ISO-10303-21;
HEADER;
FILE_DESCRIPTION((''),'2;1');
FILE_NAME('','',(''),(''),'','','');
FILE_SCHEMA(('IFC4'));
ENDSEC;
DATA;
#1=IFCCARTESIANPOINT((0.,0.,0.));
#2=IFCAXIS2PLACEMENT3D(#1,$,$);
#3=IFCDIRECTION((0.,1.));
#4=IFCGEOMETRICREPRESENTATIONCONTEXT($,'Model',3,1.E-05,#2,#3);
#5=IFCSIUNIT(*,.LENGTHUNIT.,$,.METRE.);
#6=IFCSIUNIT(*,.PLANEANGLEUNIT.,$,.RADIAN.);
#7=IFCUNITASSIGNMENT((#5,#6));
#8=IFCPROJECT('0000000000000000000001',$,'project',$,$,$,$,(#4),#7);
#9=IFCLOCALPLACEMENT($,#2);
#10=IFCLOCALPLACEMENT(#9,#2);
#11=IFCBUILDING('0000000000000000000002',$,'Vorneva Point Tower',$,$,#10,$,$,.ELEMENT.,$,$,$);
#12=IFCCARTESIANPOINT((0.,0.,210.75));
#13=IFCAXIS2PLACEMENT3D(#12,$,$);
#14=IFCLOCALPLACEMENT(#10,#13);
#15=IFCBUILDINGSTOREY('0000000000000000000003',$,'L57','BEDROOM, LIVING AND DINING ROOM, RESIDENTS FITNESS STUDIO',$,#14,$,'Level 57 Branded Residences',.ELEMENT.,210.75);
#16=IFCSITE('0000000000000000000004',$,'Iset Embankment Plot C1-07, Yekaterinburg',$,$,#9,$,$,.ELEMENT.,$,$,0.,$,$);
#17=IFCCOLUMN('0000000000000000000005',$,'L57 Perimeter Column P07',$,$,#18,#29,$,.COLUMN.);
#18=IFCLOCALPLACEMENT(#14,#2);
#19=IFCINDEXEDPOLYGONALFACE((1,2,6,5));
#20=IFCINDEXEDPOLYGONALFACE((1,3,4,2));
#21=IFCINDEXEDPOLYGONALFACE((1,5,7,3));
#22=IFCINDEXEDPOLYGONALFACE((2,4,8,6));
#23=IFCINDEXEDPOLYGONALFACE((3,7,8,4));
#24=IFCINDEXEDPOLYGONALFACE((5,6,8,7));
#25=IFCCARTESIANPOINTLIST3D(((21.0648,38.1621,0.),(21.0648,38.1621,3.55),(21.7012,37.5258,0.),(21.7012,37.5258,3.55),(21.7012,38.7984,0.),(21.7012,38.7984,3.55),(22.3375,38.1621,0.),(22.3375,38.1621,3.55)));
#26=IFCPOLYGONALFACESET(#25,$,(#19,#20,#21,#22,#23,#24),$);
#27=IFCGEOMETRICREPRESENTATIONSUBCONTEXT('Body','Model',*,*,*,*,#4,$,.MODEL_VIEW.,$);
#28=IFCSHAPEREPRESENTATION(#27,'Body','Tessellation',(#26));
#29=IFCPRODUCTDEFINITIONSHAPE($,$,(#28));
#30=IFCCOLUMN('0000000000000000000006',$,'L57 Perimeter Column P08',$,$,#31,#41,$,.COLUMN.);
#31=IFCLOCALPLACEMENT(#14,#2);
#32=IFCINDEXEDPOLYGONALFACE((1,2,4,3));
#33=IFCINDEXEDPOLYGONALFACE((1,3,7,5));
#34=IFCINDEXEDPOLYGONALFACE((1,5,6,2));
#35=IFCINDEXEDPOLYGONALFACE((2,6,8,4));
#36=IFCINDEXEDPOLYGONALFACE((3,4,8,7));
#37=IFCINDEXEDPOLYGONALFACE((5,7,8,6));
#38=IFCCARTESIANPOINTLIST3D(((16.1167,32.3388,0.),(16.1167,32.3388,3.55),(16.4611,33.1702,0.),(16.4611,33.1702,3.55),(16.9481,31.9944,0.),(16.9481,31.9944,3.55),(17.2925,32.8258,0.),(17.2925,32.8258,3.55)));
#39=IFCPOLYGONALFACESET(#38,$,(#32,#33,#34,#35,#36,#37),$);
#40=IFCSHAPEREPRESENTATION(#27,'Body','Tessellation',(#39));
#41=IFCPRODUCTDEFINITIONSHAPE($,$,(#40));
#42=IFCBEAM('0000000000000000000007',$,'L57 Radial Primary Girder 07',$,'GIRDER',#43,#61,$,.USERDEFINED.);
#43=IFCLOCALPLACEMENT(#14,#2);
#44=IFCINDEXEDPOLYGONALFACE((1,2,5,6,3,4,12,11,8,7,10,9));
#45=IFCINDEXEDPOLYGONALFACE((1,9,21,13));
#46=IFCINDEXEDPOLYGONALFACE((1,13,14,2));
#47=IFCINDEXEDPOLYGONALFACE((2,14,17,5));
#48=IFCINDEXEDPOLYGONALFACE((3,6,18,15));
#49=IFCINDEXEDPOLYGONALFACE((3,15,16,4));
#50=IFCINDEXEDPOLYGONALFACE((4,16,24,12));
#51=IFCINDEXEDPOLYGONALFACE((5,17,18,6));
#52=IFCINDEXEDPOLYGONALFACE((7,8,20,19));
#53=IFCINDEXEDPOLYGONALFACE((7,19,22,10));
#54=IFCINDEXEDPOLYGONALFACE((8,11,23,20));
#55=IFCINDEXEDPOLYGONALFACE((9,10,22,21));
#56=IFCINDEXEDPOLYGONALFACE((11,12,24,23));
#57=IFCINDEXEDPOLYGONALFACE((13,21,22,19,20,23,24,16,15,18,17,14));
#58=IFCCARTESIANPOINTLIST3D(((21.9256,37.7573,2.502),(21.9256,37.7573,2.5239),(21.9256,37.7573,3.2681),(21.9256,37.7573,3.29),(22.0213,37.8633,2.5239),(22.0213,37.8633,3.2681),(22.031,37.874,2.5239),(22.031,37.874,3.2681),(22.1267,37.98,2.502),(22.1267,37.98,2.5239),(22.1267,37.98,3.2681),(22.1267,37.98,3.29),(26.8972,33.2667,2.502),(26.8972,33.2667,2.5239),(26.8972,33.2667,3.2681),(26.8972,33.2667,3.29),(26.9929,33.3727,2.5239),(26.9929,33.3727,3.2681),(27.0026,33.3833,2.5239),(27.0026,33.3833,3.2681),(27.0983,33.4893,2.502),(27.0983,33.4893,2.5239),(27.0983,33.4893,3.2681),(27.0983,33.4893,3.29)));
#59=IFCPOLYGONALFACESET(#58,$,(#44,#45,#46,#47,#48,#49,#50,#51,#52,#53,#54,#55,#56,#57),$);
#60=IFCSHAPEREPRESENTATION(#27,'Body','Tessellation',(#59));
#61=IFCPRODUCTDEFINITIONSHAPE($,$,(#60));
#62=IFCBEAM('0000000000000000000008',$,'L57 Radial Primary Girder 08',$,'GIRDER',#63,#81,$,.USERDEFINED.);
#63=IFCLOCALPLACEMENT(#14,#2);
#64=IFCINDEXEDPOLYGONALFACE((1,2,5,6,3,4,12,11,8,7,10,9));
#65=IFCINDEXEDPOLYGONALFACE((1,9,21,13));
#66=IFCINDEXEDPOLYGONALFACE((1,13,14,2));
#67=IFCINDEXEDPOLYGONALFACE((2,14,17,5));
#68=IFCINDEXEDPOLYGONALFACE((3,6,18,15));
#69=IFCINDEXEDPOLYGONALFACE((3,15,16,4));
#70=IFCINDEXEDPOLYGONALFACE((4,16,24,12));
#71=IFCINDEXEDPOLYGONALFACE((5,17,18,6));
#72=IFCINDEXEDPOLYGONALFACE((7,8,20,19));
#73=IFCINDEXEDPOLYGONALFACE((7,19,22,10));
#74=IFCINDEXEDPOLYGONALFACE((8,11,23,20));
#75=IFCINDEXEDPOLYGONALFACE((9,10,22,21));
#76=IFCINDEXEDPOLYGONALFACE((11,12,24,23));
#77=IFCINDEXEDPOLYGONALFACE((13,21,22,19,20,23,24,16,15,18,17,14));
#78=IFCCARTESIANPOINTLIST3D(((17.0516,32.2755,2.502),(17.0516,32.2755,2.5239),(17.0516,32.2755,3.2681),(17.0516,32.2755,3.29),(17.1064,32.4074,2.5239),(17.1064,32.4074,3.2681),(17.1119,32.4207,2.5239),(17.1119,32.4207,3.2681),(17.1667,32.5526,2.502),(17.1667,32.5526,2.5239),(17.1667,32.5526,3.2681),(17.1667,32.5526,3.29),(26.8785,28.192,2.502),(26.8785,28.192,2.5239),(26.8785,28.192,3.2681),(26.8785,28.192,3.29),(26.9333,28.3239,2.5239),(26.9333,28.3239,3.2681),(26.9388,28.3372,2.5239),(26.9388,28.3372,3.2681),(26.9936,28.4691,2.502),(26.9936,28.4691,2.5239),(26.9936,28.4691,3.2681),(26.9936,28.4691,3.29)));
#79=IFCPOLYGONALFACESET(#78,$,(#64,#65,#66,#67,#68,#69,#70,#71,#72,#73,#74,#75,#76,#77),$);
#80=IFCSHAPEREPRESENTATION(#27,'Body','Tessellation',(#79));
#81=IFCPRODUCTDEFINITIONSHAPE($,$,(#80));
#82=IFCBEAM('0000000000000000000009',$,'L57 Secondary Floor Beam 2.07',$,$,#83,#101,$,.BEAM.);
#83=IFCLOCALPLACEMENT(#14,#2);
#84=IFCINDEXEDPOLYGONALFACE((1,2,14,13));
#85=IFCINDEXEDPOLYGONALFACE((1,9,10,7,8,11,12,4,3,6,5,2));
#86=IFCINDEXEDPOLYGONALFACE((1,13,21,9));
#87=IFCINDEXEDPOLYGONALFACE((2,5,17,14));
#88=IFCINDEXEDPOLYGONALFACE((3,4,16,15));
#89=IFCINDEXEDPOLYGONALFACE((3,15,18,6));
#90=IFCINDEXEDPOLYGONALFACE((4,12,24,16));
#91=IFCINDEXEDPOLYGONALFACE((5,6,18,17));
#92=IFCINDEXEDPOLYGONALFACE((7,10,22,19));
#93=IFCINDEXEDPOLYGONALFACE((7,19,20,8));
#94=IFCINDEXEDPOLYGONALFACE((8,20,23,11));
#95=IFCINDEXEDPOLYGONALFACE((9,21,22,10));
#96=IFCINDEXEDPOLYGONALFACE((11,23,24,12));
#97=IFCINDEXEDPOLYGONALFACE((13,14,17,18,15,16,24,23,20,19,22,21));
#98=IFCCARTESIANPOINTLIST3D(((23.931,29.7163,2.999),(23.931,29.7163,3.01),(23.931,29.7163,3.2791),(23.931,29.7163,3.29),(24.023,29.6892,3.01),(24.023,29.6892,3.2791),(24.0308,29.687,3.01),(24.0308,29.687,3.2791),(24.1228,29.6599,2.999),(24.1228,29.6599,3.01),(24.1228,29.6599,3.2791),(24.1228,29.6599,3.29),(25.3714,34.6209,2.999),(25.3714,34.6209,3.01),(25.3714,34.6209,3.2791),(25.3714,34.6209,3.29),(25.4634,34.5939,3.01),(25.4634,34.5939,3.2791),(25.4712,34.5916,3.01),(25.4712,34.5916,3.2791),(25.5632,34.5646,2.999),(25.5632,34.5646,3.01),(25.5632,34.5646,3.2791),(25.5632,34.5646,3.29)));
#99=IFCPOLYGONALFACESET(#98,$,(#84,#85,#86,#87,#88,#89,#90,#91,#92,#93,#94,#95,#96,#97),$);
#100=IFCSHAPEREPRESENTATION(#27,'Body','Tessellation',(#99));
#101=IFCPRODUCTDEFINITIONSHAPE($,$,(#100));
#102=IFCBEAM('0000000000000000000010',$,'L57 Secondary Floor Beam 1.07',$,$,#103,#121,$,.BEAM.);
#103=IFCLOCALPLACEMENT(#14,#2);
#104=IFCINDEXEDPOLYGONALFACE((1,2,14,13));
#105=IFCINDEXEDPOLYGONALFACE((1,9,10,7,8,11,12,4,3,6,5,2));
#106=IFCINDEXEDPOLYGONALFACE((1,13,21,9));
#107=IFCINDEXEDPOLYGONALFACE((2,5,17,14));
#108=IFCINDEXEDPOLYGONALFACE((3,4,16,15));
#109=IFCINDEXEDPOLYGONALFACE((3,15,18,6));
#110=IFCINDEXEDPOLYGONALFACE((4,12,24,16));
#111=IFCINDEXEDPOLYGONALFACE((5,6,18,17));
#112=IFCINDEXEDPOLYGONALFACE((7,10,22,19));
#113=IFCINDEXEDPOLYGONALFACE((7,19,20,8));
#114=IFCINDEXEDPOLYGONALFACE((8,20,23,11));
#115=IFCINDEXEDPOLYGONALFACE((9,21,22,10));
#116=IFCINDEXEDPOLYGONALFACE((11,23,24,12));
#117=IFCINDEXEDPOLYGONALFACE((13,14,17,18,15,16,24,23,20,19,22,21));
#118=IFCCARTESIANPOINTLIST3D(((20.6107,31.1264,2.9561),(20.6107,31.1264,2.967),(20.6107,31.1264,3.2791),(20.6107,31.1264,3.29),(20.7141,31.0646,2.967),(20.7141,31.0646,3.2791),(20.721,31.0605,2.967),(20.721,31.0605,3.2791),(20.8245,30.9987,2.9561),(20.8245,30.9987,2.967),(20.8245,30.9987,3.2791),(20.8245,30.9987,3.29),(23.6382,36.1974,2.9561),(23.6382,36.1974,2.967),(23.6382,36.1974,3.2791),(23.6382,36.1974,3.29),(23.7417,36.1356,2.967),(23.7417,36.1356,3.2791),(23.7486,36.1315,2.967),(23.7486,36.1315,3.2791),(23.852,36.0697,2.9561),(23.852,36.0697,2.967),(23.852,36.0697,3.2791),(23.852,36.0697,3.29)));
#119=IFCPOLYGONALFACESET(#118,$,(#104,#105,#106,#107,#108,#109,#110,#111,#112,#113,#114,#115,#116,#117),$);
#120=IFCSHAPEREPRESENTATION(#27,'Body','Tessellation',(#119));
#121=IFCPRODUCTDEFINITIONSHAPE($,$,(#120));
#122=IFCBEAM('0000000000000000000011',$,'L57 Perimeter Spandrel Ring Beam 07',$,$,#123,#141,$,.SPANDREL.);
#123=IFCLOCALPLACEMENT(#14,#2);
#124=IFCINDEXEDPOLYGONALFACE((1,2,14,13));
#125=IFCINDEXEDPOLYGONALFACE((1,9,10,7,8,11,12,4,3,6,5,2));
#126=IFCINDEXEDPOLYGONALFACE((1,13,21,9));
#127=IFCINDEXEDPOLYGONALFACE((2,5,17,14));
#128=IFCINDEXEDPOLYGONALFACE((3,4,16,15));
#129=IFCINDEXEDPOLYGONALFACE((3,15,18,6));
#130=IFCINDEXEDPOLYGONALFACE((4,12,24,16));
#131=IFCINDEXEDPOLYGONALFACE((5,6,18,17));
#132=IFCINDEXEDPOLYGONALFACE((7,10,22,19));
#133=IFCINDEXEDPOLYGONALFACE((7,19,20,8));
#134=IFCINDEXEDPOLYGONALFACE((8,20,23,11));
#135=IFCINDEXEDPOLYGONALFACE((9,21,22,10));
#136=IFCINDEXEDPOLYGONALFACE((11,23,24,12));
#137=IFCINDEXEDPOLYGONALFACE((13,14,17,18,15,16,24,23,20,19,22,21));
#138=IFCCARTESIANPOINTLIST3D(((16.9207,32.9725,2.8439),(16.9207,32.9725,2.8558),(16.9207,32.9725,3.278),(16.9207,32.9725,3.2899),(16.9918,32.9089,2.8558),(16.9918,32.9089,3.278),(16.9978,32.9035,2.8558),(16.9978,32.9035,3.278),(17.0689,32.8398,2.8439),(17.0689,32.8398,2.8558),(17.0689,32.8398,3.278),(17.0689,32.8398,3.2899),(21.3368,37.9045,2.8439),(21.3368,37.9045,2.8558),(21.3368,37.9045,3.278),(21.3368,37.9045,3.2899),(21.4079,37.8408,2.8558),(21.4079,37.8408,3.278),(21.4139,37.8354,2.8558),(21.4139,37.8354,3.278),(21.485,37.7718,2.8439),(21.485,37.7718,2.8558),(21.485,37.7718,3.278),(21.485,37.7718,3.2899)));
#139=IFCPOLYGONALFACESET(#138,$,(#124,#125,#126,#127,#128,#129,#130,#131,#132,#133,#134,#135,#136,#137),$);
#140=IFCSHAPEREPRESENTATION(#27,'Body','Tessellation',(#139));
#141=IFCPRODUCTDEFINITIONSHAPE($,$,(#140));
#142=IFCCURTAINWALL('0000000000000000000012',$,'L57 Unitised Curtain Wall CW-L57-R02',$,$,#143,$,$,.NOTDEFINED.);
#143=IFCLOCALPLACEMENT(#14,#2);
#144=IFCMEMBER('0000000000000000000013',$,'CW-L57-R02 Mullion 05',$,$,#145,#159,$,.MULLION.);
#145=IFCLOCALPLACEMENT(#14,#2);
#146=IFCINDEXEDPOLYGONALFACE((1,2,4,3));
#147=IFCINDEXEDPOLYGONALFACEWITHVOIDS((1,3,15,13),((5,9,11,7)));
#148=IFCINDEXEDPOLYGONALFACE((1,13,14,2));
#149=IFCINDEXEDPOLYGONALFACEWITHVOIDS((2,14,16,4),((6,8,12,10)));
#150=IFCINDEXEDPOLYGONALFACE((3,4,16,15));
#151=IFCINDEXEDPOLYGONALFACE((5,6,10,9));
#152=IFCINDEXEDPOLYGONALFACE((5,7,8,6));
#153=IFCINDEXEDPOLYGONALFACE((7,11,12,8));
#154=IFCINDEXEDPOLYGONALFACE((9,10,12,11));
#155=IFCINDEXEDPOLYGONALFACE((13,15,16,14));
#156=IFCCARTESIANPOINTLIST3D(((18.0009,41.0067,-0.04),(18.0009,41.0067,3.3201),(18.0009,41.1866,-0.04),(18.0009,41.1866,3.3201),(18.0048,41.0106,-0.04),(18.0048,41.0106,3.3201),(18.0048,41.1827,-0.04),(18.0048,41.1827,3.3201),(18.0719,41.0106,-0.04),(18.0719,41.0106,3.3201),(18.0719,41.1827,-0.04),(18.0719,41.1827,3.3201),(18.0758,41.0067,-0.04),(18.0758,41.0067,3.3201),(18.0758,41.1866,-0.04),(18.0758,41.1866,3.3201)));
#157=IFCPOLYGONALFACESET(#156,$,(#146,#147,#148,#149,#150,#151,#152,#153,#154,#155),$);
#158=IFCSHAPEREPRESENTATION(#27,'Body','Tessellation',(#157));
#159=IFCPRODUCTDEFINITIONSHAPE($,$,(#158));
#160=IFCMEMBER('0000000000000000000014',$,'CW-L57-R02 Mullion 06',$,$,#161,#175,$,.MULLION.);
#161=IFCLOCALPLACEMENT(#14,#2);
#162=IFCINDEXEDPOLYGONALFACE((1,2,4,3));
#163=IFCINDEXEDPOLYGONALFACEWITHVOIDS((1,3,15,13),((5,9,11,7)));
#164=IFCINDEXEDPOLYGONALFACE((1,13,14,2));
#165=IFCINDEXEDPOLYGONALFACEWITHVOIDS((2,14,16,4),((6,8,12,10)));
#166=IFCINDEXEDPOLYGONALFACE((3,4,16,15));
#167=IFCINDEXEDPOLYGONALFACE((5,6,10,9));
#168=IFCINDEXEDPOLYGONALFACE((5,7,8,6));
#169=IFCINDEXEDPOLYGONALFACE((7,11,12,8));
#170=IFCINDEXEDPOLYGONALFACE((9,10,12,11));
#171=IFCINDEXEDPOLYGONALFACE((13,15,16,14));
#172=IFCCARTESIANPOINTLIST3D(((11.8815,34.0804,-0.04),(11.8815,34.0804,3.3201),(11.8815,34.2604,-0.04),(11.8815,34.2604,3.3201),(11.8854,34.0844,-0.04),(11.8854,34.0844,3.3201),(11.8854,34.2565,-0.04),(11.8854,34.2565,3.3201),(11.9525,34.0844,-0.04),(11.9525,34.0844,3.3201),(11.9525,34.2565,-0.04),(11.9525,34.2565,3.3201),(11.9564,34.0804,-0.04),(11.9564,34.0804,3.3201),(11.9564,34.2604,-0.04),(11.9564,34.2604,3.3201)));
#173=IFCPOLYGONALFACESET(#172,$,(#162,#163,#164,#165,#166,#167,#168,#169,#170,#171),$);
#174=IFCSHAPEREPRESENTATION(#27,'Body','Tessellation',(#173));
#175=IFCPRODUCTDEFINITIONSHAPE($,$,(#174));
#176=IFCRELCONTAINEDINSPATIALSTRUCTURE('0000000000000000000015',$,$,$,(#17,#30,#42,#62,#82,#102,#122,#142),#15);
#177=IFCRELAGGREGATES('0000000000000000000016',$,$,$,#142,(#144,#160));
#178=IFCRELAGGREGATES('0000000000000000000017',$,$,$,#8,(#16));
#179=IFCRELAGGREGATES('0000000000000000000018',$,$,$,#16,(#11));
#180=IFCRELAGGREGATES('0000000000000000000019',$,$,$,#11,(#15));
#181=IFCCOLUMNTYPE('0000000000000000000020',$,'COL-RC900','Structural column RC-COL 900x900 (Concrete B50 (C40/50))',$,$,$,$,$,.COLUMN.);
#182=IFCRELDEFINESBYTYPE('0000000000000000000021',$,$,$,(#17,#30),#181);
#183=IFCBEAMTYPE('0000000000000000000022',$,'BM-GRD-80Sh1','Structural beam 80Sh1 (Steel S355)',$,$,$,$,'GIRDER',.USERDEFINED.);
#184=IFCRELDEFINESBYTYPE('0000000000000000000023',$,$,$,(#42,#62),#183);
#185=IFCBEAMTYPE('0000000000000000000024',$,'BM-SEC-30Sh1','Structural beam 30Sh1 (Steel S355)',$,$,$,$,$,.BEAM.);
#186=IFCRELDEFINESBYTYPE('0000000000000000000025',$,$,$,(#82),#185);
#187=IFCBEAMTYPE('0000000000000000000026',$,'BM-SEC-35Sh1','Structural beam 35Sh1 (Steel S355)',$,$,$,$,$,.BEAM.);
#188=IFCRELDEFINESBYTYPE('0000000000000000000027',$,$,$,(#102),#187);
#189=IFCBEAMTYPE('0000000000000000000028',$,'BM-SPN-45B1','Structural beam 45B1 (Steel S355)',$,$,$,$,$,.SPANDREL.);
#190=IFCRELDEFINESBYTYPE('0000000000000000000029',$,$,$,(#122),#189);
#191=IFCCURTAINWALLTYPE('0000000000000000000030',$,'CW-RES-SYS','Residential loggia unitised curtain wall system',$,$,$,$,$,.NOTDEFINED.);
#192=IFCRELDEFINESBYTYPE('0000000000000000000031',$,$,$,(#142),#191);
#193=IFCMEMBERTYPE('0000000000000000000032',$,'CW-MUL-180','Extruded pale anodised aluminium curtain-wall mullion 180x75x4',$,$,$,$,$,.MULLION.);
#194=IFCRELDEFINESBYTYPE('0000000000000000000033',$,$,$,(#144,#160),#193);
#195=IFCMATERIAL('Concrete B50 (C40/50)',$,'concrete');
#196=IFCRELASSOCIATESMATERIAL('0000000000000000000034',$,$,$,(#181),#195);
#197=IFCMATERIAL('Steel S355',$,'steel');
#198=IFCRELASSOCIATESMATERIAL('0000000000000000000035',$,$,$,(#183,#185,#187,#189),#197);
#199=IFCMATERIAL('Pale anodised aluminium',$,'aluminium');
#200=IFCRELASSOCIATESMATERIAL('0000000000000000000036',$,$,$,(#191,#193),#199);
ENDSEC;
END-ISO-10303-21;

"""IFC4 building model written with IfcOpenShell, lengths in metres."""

from ifc_helpers import new_model, si_unit, direction, frame, origin, origin_2d, place, context, subcontext, project, spatial, rectangle, hollow_rectangle, i_section, extrude, material, material_profile, profile_set, type_object, element, aggregate, save


model = new_model("IFC4")

# Units and contexts
model_context = context("Model", 3, precision=1e-05, world=origin(), true_north=direction((0.0, 1.0)))
body_context = subcontext(model_context, "Body", "Model", "MODEL_VIEW")
ifc_project = project(units=[si_unit("LENGTHUNIT", "METRE"), si_unit("PLANEANGLEUNIT", "RADIAN")], contexts=[model_context])

# Site, building, storey
site_placement = place(None, origin())
site = spatial("IfcSite", under=ifc_project, at=site_placement, Name="Iset Embankment Plot C1-07, Yekaterinburg", CompositionType="ELEMENT", RefElevation=0.0)
building_placement = place(site_placement, origin())
building = spatial("IfcBuilding", under=site, at=building_placement, Name="Vorneva Point Tower", CompositionType="ELEMENT")
storey_placement = place(building_placement, frame((0.0, 0.0, 210.75)))
storey = spatial("IfcBuildingStorey", under=building, at=storey_placement, Name="L57", Description="BEDROOM, LIVING AND DINING ROOM, RESIDENTS FITNESS STUDIO", LongName="Level 57 Branded Residences", CompositionType="ELEMENT", Elevation=210.75)

# Columns
ifc_material_1 = material(Name="Concrete B50 (C40/50)", Category="concrete")
ifc_material_profile_1 = material_profile(ifc_material_1, rectangle(XDim=0.8999, YDim=0.8999, at=origin_2d()), Name="RC-COL 900x900")
ifc_profile_set_1 = profile_set([ifc_material_profile_1], Name="Concrete B50 (C40/50)")
column_type = type_object("IfcColumnType", Name="COL-RC900", Description="Structural column RC-COL 900x900 (Concrete B50 (C40/50))", PredefinedType="COLUMN", material=ifc_profile_set_1)
for number, where, z_axis, x_axis, name in (
    (1, (21.7012, 38.1621, 0.0), (0.0, 0.0, 1.0), (-0.707107, 0.707107, 0.0), "L57 Perimeter Column P07"),
    (2, (16.7046, 32.5823, 0.0), (0.0, 0.0, 1.0), (-0.92388, 0.382683, 0.0), "L57 Perimeter Column P08"),
):
    element("IfcColumn", number, at=place(storey_placement, frame(where, z_axis=z_axis, x_axis=x_axis)), inside=storey, type_object=column_type, Name=name, PredefinedType="COLUMN", context=body_context, shape_type="SweptSolid", body=[
        extrude(rectangle(XDim=0.8999, YDim=0.8999, at=origin_2d()), origin(), (0.0, 0.0, 1.0), 3.55),
    ])

# Beams
ifc_material_2 = material(Name="Steel S355", Category="steel")
ifc_material_profile_2 = material_profile(ifc_material_2, i_section(OverallWidth=0.3, OverallDepth=0.7881, WebThickness=0.0144, FlangeThickness=0.022, at=origin_2d()), Name="80Sh1")
ifc_profile_set_2 = profile_set([ifc_material_profile_2], Name="Steel S355")
beam_type_1 = type_object("IfcBeamType", Name="BM-GRD-80Sh1", Description="Structural beam 80Sh1 (Steel S355)", ElementType="GIRDER", PredefinedType="USERDEFINED", material=ifc_profile_set_2)
beam_1_placement = place(storey_placement, frame((22.0261, 37.8687, 2.896), z_axis=(0.74209, -0.670301, 0.0), x_axis=(0.670301, 0.74209, 0.0)))
element("IfcBeam", 3, at=beam_1_placement, inside=storey, type_object=beam_type_1, Name="L57 Radial Primary Girder 07", ObjectType="GIRDER", PredefinedType="USERDEFINED", context=body_context, shape_type="SweptSolid", body=[
    extrude(i_section(OverallWidth=0.3, OverallDepth=0.7881, WebThickness=0.0144, FlangeThickness=0.022, at=origin_2d()), origin(), (0.0, 0.0, 1.0), 6.6995),
])
beam_2_placement = place(storey_placement, frame((17.1091, 32.4141, 2.896), z_axis=(0.923445, -0.383731, 0.0), x_axis=(0.383731, 0.923445, 0.0)))
element("IfcBeam", 4, at=beam_2_placement, inside=storey, type_object=beam_type_1, Name="L57 Radial Primary Girder 08", ObjectType="GIRDER", PredefinedType="USERDEFINED", context=body_context, shape_type="SweptSolid", body=[
    extrude(i_section(OverallWidth=0.3, OverallDepth=0.7881, WebThickness=0.0144, FlangeThickness=0.022, at=origin_2d()), origin(), (0.0, 0.0, 1.0), 10.6416),
])
ifc_material_profile_3 = material_profile(ifc_material_2, i_section(OverallWidth=0.2, OverallDepth=0.291, WebThickness=0.0081, FlangeThickness=0.011, at=origin_2d()), Name="30Sh1")
ifc_profile_set_3 = profile_set([ifc_material_profile_3], Name="Steel S355")
beam_type_2 = type_object("IfcBeamType", Name="BM-SEC-30Sh1", Description="Structural beam 30Sh1 (Steel S355)", PredefinedType="BEAM", material=ifc_profile_set_3)
beam_3_placement = place(storey_placement, frame((25.4673, 34.5928, 3.1445), z_axis=(-0.281778, -0.959479, 0.0), x_axis=(0.959479, -0.281778, 0.0)))
element("IfcBeam", 5, at=beam_3_placement, inside=storey, type_object=beam_type_2, Name="L57 Secondary Floor Beam 2.07", PredefinedType="BEAM", context=body_context, shape_type="SweptSolid", body=[
    extrude(i_section(OverallWidth=0.2, OverallDepth=0.291, WebThickness=0.0081, FlangeThickness=0.011, at=origin_2d()), origin(), (0.0, 0.0, 1.0), 5.1118),
])
ifc_material_profile_4 = material_profile(ifc_material_2, i_section(OverallWidth=0.249, OverallDepth=0.334, WebThickness=0.0081, FlangeThickness=0.011, at=origin_2d()), Name="35Sh1")
ifc_profile_set_4 = profile_set([ifc_material_profile_4], Name="Steel S355")
beam_type_3 = type_object("IfcBeamType", Name="BM-SEC-35Sh1", Description="Structural beam 35Sh1 (Steel S355)", PredefinedType="BEAM", material=ifc_profile_set_4)
beam_4_placement = place(storey_placement, frame((23.7451, 36.1335, 3.123), z_axis=(-0.512622, -0.858614, 0.0), x_axis=(0.858614, -0.512622, 0.0)))
element("IfcBeam", 6, at=beam_4_placement, inside=storey, type_object=beam_type_3, Name="L57 Secondary Floor Beam 1.07", PredefinedType="BEAM", context=body_context, shape_type="SweptSolid", body=[
    extrude(i_section(OverallWidth=0.249, OverallDepth=0.334, WebThickness=0.0081, FlangeThickness=0.011, at=origin_2d()), origin(), (0.0, 0.0, 1.0), 5.906),
])
ifc_material_profile_5 = material_profile(ifc_material_2, i_section(OverallWidth=0.199, OverallDepth=0.446, WebThickness=0.0081, FlangeThickness=0.012, at=origin_2d()), Name="45B1")
ifc_profile_set_5 = profile_set([ifc_material_profile_5], Name="Steel S355")
beam_type_4 = type_object("IfcBeamType", Name="BM-SPN-45B1", Description="Structural beam 45B1 (Steel S355)", PredefinedType="SPANDREL", material=ifc_profile_set_5)
beam_5_placement = place(storey_placement, frame((21.4109, 37.8381, 3.0669), z_axis=(-0.66707, -0.744995, 0.0), x_axis=(0.744995, -0.66707, 0.0)))
element("IfcBeam", 7, at=beam_5_placement, inside=storey, type_object=beam_type_4, Name="L57 Perimeter Spandrel Ring Beam 07", PredefinedType="SPANDREL", context=body_context, shape_type="SweptSolid", body=[
    extrude(i_section(OverallWidth=0.199, OverallDepth=0.446, WebThickness=0.0081, FlangeThickness=0.012, at=origin_2d()), origin(), (0.0, 0.0, 1.0), 6.6201),
])

# Curtain wall, members
ifc_material_3 = material(Name="Pale anodised aluminium", Category="aluminium")
curtain_wall_type = type_object("IfcCurtainWallType", Name="CW-RES-SYS", Description="Residential loggia unitised curtain wall system", PredefinedType="NOTDEFINED", material=ifc_material_3)
curtain_wall_placement = place(storey_placement, origin())
curtain_wall = element("IfcCurtainWall", 8, at=curtain_wall_placement, inside=storey, type_object=curtain_wall_type, Name="L57 Unitised Curtain Wall CW-L57-R02", PredefinedType="NOTDEFINED")
ifc_material_profile_6 = material_profile(ifc_material_3, hollow_rectangle(XDim=0.075, YDim=0.1799, WallThickness=0.0039, at=origin_2d()), Name="AL-MUL 180x75x4")
ifc_profile_set_6 = profile_set([ifc_material_profile_6], Name="Pale anodised aluminium")
member_type_1 = type_object("IfcMemberType", Name="CW-MUL-180", Description="Extruded pale anodised aluminium curtain-wall mullion 180x75x4", PredefinedType="MULLION", material=ifc_profile_set_6)
member_1_placement = place(storey_placement, frame((18.0383, 41.0967, -0.04), z_axis=(0.0, 0.0, 1.0), x_axis=(1.0, 0.0, 0.0)))
member_1 = element("IfcMember", 9, at=member_1_placement, type_object=member_type_1, Name="CW-L57-R02 Mullion 05", PredefinedType="MULLION", context=body_context, shape_type="SweptSolid", body=[
    extrude(hollow_rectangle(XDim=0.075, YDim=0.1799, WallThickness=0.0039, at=origin_2d()), origin(), (0.0, 0.0, 1.0), 3.3601),
])
member_2_placement = place(storey_placement, frame((11.9189, 34.1704, -0.04), z_axis=(0.0, 0.0, 1.0), x_axis=(1.0, 0.0, 0.0)))
member_2 = element("IfcMember", 10, at=member_2_placement, type_object=member_type_1, Name="CW-L57-R02 Mullion 06", PredefinedType="MULLION", context=body_context, shape_type="SweptSolid", body=[
    extrude(hollow_rectangle(XDim=0.075, YDim=0.1799, WallThickness=0.0039, at=origin_2d()), origin(), (0.0, 0.0, 1.0), 3.3601),
])
aggregate(curtain_wall, [member_1, member_2])

save(model, "model.ifc")
